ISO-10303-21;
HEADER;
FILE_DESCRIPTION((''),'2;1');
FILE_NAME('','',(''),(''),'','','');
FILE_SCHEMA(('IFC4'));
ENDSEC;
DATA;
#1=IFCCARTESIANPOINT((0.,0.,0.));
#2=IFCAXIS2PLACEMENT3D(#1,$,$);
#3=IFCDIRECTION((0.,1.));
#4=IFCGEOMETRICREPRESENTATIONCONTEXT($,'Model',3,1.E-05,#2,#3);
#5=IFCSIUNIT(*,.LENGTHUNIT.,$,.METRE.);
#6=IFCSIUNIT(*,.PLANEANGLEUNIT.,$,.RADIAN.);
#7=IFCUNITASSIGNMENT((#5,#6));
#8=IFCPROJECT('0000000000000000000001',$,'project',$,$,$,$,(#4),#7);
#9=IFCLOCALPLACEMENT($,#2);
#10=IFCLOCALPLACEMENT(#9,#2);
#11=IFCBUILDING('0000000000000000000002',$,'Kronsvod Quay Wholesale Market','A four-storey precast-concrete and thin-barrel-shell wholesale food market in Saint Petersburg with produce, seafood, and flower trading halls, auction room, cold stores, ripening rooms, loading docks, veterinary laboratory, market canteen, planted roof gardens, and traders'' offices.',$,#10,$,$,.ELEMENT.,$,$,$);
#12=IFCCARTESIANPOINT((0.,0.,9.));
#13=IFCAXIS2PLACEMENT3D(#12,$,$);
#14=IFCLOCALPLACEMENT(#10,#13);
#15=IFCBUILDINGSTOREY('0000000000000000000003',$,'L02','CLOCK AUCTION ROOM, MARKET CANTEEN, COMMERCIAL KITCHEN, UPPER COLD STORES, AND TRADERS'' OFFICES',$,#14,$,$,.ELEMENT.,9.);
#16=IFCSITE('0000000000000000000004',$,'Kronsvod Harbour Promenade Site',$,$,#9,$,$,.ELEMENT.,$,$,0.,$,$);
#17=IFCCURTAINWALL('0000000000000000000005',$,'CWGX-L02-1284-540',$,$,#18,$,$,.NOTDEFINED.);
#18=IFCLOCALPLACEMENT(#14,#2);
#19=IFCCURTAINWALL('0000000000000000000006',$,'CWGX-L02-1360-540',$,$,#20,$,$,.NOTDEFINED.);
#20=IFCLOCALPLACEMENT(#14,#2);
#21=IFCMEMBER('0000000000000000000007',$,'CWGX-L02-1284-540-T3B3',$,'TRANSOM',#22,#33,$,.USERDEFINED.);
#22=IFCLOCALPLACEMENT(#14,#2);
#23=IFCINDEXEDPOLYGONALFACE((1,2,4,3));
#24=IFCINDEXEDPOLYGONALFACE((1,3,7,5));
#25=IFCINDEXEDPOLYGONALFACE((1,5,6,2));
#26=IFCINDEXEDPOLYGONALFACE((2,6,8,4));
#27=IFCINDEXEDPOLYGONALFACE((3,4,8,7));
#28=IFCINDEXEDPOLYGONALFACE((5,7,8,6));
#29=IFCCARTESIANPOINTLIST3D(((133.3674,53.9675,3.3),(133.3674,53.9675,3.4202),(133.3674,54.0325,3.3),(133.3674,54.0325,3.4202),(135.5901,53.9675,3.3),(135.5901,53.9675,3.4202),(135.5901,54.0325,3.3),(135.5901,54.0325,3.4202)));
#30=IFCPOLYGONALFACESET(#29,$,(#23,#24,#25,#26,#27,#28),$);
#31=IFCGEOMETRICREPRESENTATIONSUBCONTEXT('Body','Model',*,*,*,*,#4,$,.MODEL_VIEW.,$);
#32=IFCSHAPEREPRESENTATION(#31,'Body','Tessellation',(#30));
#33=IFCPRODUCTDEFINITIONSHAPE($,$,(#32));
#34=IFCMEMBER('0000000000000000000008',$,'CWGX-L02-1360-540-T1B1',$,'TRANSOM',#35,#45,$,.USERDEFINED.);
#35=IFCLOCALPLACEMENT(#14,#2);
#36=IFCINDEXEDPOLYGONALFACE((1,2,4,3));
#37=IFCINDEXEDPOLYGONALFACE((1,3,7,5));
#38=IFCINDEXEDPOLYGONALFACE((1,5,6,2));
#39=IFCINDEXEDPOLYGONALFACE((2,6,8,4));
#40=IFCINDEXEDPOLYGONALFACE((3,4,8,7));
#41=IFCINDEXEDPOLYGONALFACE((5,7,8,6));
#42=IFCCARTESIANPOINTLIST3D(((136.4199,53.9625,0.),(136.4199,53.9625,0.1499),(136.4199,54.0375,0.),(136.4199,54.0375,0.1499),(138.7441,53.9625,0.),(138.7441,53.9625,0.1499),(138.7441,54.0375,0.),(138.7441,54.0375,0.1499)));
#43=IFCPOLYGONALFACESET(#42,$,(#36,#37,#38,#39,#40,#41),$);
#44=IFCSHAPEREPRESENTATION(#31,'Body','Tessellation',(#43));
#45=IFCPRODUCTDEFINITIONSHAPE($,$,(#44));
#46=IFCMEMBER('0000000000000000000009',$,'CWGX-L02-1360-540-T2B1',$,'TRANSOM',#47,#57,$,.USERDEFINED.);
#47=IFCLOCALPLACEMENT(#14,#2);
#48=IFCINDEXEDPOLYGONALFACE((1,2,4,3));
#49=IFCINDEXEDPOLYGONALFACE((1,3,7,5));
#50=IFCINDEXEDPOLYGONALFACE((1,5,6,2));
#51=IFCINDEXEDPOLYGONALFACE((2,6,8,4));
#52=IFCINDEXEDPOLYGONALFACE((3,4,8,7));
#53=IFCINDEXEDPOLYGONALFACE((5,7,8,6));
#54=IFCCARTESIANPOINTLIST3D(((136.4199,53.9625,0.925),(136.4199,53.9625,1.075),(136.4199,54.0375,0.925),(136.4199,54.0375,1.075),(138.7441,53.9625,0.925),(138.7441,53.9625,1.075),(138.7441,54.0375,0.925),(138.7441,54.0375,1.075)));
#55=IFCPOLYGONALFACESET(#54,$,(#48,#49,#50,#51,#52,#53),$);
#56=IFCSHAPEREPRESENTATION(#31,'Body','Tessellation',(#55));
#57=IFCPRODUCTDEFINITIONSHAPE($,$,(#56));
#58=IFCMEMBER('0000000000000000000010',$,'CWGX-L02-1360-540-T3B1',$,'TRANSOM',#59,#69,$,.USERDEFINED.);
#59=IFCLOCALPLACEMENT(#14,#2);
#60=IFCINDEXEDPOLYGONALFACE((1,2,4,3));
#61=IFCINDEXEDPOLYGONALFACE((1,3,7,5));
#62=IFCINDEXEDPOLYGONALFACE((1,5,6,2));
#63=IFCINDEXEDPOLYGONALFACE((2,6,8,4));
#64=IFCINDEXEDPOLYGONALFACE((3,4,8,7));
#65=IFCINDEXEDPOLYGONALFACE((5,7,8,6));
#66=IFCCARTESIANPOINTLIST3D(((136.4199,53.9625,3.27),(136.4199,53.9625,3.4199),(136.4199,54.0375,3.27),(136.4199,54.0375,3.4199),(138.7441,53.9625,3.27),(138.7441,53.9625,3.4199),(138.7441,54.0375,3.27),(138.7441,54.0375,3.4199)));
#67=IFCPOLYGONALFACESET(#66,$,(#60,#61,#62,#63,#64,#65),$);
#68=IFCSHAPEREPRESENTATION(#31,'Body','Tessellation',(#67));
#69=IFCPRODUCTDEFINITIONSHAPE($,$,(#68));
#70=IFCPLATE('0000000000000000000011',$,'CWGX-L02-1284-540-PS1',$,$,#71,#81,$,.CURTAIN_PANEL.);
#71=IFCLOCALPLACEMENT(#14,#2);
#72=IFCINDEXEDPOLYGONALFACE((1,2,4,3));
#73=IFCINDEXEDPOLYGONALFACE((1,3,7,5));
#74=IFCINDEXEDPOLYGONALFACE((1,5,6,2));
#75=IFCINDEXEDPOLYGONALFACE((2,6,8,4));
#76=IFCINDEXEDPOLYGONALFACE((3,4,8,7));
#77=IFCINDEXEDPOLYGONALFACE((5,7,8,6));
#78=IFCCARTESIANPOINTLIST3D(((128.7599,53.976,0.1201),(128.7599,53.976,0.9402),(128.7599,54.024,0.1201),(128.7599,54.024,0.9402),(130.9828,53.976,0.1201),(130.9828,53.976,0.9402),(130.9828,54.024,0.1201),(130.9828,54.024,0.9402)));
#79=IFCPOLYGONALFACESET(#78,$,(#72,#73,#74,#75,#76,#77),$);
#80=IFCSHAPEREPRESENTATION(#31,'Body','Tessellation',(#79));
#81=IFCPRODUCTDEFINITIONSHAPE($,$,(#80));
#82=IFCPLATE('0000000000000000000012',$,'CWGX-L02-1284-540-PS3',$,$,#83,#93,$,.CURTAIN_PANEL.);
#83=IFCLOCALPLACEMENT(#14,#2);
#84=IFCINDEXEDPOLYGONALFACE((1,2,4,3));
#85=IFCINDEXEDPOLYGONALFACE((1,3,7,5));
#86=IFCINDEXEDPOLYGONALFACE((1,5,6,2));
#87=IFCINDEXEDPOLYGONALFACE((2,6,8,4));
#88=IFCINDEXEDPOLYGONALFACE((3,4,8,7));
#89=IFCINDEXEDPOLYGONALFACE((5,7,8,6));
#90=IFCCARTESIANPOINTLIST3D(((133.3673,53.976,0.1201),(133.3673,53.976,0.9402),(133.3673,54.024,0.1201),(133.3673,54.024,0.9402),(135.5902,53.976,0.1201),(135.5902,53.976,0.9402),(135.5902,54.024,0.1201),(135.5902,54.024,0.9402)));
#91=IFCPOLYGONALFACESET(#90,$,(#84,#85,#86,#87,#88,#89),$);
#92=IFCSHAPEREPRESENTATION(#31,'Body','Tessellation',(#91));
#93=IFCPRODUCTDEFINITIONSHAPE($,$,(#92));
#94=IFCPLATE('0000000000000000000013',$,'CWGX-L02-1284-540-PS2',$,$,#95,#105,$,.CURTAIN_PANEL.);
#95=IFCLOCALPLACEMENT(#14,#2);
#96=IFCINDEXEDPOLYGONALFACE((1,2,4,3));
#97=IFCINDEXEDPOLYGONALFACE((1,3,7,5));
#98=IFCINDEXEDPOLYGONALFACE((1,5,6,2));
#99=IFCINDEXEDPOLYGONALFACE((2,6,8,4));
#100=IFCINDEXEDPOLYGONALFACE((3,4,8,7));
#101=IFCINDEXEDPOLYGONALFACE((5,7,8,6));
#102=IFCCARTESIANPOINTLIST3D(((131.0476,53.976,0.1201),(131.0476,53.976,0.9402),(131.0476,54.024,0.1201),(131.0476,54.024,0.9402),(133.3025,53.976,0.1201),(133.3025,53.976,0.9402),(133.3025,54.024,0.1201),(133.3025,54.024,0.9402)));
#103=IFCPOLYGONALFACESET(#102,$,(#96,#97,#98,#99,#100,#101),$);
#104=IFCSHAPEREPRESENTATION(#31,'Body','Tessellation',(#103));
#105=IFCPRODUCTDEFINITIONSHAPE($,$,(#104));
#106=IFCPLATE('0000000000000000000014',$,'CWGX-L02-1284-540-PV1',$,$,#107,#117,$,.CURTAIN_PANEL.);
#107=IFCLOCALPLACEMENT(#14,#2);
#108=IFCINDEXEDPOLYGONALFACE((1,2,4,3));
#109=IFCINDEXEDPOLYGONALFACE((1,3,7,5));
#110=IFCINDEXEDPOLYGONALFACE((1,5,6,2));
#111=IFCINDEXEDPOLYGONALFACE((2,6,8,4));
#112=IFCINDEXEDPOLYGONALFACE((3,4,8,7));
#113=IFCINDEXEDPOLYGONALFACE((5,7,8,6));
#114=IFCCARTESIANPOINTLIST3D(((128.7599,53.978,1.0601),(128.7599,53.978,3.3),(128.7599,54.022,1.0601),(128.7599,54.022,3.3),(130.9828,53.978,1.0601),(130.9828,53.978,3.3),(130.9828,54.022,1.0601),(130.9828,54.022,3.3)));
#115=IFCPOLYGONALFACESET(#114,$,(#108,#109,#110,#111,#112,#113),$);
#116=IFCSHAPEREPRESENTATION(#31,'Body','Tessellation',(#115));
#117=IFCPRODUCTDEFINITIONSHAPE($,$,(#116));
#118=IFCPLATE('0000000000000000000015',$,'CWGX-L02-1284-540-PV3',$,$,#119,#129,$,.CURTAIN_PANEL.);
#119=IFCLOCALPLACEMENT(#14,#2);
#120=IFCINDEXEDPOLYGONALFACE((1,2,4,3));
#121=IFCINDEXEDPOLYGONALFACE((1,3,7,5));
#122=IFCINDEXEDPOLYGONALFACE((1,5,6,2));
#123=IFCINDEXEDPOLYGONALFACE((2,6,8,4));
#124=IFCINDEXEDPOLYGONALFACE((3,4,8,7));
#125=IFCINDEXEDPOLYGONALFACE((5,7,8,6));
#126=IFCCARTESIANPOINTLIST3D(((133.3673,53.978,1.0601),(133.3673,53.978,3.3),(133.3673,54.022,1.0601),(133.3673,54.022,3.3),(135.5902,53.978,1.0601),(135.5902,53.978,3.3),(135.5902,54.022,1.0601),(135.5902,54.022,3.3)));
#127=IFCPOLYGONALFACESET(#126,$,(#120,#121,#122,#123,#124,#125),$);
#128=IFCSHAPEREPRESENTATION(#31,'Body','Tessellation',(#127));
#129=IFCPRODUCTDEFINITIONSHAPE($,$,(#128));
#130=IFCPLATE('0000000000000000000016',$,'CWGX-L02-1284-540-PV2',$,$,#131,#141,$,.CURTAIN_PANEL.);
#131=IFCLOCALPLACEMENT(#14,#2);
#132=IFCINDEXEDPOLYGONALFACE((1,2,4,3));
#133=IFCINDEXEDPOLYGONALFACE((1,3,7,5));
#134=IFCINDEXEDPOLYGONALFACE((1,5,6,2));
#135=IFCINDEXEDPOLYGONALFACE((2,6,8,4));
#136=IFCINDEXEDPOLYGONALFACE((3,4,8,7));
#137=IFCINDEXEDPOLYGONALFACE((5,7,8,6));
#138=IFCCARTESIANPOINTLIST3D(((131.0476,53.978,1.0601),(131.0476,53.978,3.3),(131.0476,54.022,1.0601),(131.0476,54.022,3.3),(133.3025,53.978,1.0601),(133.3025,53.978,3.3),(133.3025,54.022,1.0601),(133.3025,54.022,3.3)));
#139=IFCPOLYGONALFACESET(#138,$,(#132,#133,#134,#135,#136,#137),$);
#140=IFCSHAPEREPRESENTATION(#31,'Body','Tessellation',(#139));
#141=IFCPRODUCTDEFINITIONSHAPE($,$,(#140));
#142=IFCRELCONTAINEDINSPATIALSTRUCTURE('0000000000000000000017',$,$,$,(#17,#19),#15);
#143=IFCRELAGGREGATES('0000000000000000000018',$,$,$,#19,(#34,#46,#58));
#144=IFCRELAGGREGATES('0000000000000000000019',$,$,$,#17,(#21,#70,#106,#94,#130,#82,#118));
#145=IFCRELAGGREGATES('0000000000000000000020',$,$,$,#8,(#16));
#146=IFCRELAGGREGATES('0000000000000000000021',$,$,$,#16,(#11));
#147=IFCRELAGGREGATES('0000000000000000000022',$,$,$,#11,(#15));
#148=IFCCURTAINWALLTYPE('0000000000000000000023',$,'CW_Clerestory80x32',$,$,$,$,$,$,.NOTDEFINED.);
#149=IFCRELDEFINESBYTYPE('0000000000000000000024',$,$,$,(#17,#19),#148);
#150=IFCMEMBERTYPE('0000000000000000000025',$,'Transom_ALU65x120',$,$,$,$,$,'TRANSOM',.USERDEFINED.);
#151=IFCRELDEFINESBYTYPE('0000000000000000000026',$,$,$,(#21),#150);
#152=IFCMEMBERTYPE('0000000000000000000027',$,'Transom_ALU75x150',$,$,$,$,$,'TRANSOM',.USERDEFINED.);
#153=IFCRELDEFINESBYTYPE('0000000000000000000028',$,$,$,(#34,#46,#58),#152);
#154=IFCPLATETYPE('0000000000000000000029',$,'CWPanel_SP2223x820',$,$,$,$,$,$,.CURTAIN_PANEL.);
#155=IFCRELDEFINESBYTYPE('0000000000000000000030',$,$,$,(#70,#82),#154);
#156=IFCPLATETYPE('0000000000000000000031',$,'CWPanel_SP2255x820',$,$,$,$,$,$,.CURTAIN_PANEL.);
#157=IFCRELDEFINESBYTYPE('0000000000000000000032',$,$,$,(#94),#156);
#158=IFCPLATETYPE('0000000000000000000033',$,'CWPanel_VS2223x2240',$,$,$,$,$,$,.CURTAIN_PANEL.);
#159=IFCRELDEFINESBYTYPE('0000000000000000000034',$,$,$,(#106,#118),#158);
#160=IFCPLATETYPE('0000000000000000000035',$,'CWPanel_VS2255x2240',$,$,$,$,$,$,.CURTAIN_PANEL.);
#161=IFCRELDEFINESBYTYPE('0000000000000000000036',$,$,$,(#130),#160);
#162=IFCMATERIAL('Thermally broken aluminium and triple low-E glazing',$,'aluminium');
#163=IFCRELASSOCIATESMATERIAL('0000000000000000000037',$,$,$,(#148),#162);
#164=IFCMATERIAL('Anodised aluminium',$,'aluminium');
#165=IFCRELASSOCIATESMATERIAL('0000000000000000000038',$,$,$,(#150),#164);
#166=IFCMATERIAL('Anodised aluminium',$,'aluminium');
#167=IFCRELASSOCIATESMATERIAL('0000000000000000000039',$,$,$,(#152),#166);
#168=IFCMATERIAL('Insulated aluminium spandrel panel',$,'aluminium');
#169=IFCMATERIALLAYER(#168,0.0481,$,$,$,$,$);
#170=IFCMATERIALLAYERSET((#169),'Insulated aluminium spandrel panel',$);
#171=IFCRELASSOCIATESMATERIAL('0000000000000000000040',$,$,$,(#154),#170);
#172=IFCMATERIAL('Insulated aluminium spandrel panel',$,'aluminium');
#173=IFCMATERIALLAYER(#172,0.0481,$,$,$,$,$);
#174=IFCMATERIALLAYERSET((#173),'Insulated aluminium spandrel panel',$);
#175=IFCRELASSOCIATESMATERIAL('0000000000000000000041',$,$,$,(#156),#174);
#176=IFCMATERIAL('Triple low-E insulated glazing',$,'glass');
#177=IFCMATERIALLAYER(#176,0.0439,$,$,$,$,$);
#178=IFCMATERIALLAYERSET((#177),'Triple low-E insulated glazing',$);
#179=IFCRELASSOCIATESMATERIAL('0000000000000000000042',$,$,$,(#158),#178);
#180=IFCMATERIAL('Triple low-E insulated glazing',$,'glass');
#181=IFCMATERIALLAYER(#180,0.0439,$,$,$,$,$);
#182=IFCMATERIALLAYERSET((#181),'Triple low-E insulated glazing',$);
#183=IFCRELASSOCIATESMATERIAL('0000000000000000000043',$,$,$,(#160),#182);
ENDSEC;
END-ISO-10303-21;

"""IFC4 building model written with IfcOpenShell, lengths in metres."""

from ifc_helpers import new_model, si_unit, direction, frame, origin, origin_2d, place, context, subcontext, project, spatial, rectangle, extrude, material, layer, layer_set, material_profile, profile_set, type_object, element, aggregate, save


model = new_model("IFC4")

# Units and contexts
model_context = context("Model", 3, precision=1e-05, world=origin(), true_north=direction((0.0, 1.0)))
body_context = subcontext(model_context, "Body", "Model", "MODEL_VIEW")
ifc_project = project(units=[si_unit("LENGTHUNIT", "METRE"), si_unit("PLANEANGLEUNIT", "RADIAN")], contexts=[model_context])

# Site, building, storey
site_placement = place(None, origin())
site = spatial("IfcSite", under=ifc_project, at=site_placement, Name="Kronsvod Harbour Promenade Site", CompositionType="ELEMENT", RefElevation=0.0)
building_placement = place(site_placement, origin())
building = spatial("IfcBuilding", under=site, at=building_placement, Name="Kronsvod Quay Wholesale Market", Description="A four-storey precast-concrete and thin-barrel-shell wholesale food market in Saint Petersburg with produce, seafood, and flower trading halls, auction room, cold stores, ripening rooms, loading docks, veterinary laboratory, market canteen, planted roof gardens, and traders' offices.", CompositionType="ELEMENT")
storey_placement = place(building_placement, frame((0.0, 0.0, 9.0)))
storey = spatial("IfcBuildingStorey", under=building, at=storey_placement, Name="L02", Description="CLOCK AUCTION ROOM, MARKET CANTEEN, COMMERCIAL KITCHEN, UPPER COLD STORES, AND TRADERS' OFFICES", CompositionType="ELEMENT", Elevation=9.0)

# Curtain wall
ifc_material_1 = material(Name="Thermally broken aluminium and triple low-E glazing", Category="aluminium")
curtain_wall_type = type_object("IfcCurtainWallType", Name="CW_Clerestory80x32", PredefinedType="NOTDEFINED", material=ifc_material_1)
curtain_wall_1_placement = place(storey_placement, origin())
curtain_wall_1 = element("IfcCurtainWall", 1, at=curtain_wall_1_placement, inside=storey, type_object=curtain_wall_type, Name="CWGX-L02-1284-540", PredefinedType="NOTDEFINED")

# Curtain wall
curtain_wall_2_placement = place(storey_placement, origin())
curtain_wall_2 = element("IfcCurtainWall", 2, at=curtain_wall_2_placement, inside=storey, type_object=curtain_wall_type, Name="CWGX-L02-1360-540", PredefinedType="NOTDEFINED")

# Members
ifc_material_2 = material(Name="Anodised aluminium", Category="aluminium")
ifc_material_profile_1 = material_profile(ifc_material_2, rectangle(XDim=0.0649, YDim=0.1201, at=origin_2d()), Name="ALUT65x120")
ifc_profile_set_1 = profile_set([ifc_material_profile_1], Name="Anodised aluminium")
member_type_1 = type_object("IfcMemberType", Name="Transom_ALU65x120", ElementType="TRANSOM", PredefinedType="USERDEFINED", material=ifc_profile_set_1)
member_1_placement = place(storey_placement, frame((133.3674, 54.0, 3.3601), z_axis=(1.0, 0.0, 0.0), x_axis=(0.0, 1.0, 0.0)))
member_1 = element("IfcMember", 3, at=member_1_placement, type_object=member_type_1, Name="CWGX-L02-1284-540-T3B3", ObjectType="TRANSOM", PredefinedType="USERDEFINED", context=body_context, shape_type="SweptSolid", body=[
    extrude(rectangle(XDim=0.0649, YDim=0.1201, at=origin_2d()), origin(), (0.0, 0.0, 1.0), 2.2227),
])
ifc_material_3 = material(Name="Anodised aluminium", Category="aluminium")
ifc_material_profile_2 = material_profile(ifc_material_3, rectangle(XDim=0.075, YDim=0.1499, at=origin_2d()), Name="ALUT75x150")
ifc_profile_set_2 = profile_set([ifc_material_profile_2], Name="Anodised aluminium")
member_type_2 = type_object("IfcMemberType", Name="Transom_ALU75x150", ElementType="TRANSOM", PredefinedType="USERDEFINED", material=ifc_profile_set_2)
member_2_placement = place(storey_placement, frame((136.4199, 54.0, 0.075), z_axis=(1.0, 0.0, 0.0), x_axis=(0.0, 1.0, 0.0)))
member_2 = element("IfcMember", 4, at=member_2_placement, type_object=member_type_2, Name="CWGX-L02-1360-540-T1B1", ObjectType="TRANSOM", PredefinedType="USERDEFINED", context=body_context, shape_type="SweptSolid", body=[
    extrude(rectangle(XDim=0.075, YDim=0.1499, at=origin_2d()), origin(), (0.0, 0.0, 1.0), 2.3242),
])
member_3_placement = place(storey_placement, frame((136.4199, 54.0, 1.0), z_axis=(1.0, 0.0, 0.0), x_axis=(0.0, 1.0, 0.0)))
member_3 = element("IfcMember", 5, at=member_3_placement, type_object=member_type_2, Name="CWGX-L02-1360-540-T2B1", ObjectType="TRANSOM", PredefinedType="USERDEFINED", context=body_context, shape_type="SweptSolid", body=[
    extrude(rectangle(XDim=0.075, YDim=0.1499, at=origin_2d()), origin(), (0.0, 0.0, 1.0), 2.3242),
])
member_4_placement = place(storey_placement, frame((136.4199, 54.0, 3.345), z_axis=(1.0, 0.0, 0.0), x_axis=(0.0, 1.0, 0.0)))
member_4 = element("IfcMember", 6, at=member_4_placement, type_object=member_type_2, Name="CWGX-L02-1360-540-T3B1", ObjectType="TRANSOM", PredefinedType="USERDEFINED", context=body_context, shape_type="SweptSolid", body=[
    extrude(rectangle(XDim=0.075, YDim=0.1499, at=origin_2d()), origin(), (0.0, 0.0, 1.0), 2.3242),
])
aggregate(curtain_wall_2, [member_2, member_3, member_4])

# Plates
ifc_material_4 = material(Name="Insulated aluminium spandrel panel", Category="aluminium")
ifc_layer_1 = layer(ifc_material_4, 0.0481)
ifc_layer_set_1 = layer_set([ifc_layer_1], Name="Insulated aluminium spandrel panel")
plate_type_1 = type_object("IfcPlateType", Name="CWPanel_SP2223x820", PredefinedType="CURTAIN_PANEL", material=ifc_layer_set_1)
plate_1_placement = place(storey_placement, frame((129.8713, 54.0, 0.1201), z_axis=(0.0, 0.0, 1.0), x_axis=(1.0, 0.0, 0.0)))
plate_1 = element("IfcPlate", 7, at=plate_1_placement, type_object=plate_type_1, Name="CWGX-L02-1284-540-PS1", PredefinedType="CURTAIN_PANEL", context=body_context, shape_type="SweptSolid", body=[
    extrude(rectangle(XDim=2.2229, YDim=0.0481, at=origin_2d()), origin(), (0.0, 0.0, 1.0), 0.8201),
])
plate_2_placement = place(storey_placement, frame((134.4788, 54.0, 0.1201), z_axis=(0.0, 0.0, 1.0), x_axis=(1.0, 0.0, 0.0)))
plate_2 = element("IfcPlate", 8, at=plate_2_placement, type_object=plate_type_1, Name="CWGX-L02-1284-540-PS3", PredefinedType="CURTAIN_PANEL", context=body_context, shape_type="SweptSolid", body=[
    extrude(rectangle(XDim=2.2229, YDim=0.0481, at=origin_2d()), origin(), (0.0, 0.0, 1.0), 0.8201),
])
ifc_material_5 = material(Name="Insulated aluminium spandrel panel", Category="aluminium")
ifc_layer_2 = layer(ifc_material_5, 0.0481)
ifc_layer_set_2 = layer_set([ifc_layer_2], Name="Insulated aluminium spandrel panel")
plate_type_2 = type_object("IfcPlateType", Name="CWPanel_SP2255x820", PredefinedType="CURTAIN_PANEL", material=ifc_layer_set_2)
plate_3_placement = place(storey_placement, frame((132.175, 54.0, 0.1201), z_axis=(0.0, 0.0, 1.0), x_axis=(1.0, 0.0, 0.0)))
plate_3 = element("IfcPlate", 9, at=plate_3_placement, type_object=plate_type_2, Name="CWGX-L02-1284-540-PS2", PredefinedType="CURTAIN_PANEL", context=body_context, shape_type="SweptSolid", body=[
    extrude(rectangle(XDim=2.2549, YDim=0.0481, at=origin_2d()), origin(), (0.0, 0.0, 1.0), 0.8201),
])
ifc_material_6 = material(Name="Triple low-E insulated glazing", Category="glass")
ifc_layer_3 = layer(ifc_material_6, 0.0439)
ifc_layer_set_3 = layer_set([ifc_layer_3], Name="Triple low-E insulated glazing")
plate_type_3 = type_object("IfcPlateType", Name="CWPanel_VS2223x2240", PredefinedType="CURTAIN_PANEL", material=ifc_layer_set_3)
plate_4_placement = place(storey_placement, frame((129.8713, 54.0, 1.0601), z_axis=(0.0, 0.0, 1.0), x_axis=(1.0, 0.0, 0.0)))
plate_4 = element("IfcPlate", 10, at=plate_4_placement, type_object=plate_type_3, Name="CWGX-L02-1284-540-PV1", PredefinedType="CURTAIN_PANEL", context=body_context, shape_type="SweptSolid", body=[
    extrude(rectangle(XDim=2.2229, YDim=0.0439, at=origin_2d()), origin(), (0.0, 0.0, 1.0), 2.24),
])
plate_5_placement = place(storey_placement, frame((134.4788, 54.0, 1.0601), z_axis=(0.0, 0.0, 1.0), x_axis=(1.0, 0.0, 0.0)))
plate_5 = element("IfcPlate", 11, at=plate_5_placement, type_object=plate_type_3, Name="CWGX-L02-1284-540-PV3", PredefinedType="CURTAIN_PANEL", context=body_context, shape_type="SweptSolid", body=[
    extrude(rectangle(XDim=2.2229, YDim=0.0439, at=origin_2d()), origin(), (0.0, 0.0, 1.0), 2.24),
])
ifc_material_7 = material(Name="Triple low-E insulated glazing", Category="glass")
ifc_layer_4 = layer(ifc_material_7, 0.0439)
ifc_layer_set_4 = layer_set([ifc_layer_4], Name="Triple low-E insulated glazing")
plate_type_4 = type_object("IfcPlateType", Name="CWPanel_VS2255x2240", PredefinedType="CURTAIN_PANEL", material=ifc_layer_set_4)
plate_6_placement = place(storey_placement, frame((132.175, 54.0, 1.0601), z_axis=(0.0, 0.0, 1.0), x_axis=(1.0, 0.0, 0.0)))
plate_6 = element("IfcPlate", 12, at=plate_6_placement, type_object=plate_type_4, Name="CWGX-L02-1284-540-PV2", PredefinedType="CURTAIN_PANEL", context=body_context, shape_type="SweptSolid", body=[
    extrude(rectangle(XDim=2.2549, YDim=0.0439, at=origin_2d()), origin(), (0.0, 0.0, 1.0), 2.24),
])
aggregate(curtain_wall_1, [member_1, plate_1, plate_4, plate_3, plate_6, plate_2, plate_5])

save(model, "model.ifc")
